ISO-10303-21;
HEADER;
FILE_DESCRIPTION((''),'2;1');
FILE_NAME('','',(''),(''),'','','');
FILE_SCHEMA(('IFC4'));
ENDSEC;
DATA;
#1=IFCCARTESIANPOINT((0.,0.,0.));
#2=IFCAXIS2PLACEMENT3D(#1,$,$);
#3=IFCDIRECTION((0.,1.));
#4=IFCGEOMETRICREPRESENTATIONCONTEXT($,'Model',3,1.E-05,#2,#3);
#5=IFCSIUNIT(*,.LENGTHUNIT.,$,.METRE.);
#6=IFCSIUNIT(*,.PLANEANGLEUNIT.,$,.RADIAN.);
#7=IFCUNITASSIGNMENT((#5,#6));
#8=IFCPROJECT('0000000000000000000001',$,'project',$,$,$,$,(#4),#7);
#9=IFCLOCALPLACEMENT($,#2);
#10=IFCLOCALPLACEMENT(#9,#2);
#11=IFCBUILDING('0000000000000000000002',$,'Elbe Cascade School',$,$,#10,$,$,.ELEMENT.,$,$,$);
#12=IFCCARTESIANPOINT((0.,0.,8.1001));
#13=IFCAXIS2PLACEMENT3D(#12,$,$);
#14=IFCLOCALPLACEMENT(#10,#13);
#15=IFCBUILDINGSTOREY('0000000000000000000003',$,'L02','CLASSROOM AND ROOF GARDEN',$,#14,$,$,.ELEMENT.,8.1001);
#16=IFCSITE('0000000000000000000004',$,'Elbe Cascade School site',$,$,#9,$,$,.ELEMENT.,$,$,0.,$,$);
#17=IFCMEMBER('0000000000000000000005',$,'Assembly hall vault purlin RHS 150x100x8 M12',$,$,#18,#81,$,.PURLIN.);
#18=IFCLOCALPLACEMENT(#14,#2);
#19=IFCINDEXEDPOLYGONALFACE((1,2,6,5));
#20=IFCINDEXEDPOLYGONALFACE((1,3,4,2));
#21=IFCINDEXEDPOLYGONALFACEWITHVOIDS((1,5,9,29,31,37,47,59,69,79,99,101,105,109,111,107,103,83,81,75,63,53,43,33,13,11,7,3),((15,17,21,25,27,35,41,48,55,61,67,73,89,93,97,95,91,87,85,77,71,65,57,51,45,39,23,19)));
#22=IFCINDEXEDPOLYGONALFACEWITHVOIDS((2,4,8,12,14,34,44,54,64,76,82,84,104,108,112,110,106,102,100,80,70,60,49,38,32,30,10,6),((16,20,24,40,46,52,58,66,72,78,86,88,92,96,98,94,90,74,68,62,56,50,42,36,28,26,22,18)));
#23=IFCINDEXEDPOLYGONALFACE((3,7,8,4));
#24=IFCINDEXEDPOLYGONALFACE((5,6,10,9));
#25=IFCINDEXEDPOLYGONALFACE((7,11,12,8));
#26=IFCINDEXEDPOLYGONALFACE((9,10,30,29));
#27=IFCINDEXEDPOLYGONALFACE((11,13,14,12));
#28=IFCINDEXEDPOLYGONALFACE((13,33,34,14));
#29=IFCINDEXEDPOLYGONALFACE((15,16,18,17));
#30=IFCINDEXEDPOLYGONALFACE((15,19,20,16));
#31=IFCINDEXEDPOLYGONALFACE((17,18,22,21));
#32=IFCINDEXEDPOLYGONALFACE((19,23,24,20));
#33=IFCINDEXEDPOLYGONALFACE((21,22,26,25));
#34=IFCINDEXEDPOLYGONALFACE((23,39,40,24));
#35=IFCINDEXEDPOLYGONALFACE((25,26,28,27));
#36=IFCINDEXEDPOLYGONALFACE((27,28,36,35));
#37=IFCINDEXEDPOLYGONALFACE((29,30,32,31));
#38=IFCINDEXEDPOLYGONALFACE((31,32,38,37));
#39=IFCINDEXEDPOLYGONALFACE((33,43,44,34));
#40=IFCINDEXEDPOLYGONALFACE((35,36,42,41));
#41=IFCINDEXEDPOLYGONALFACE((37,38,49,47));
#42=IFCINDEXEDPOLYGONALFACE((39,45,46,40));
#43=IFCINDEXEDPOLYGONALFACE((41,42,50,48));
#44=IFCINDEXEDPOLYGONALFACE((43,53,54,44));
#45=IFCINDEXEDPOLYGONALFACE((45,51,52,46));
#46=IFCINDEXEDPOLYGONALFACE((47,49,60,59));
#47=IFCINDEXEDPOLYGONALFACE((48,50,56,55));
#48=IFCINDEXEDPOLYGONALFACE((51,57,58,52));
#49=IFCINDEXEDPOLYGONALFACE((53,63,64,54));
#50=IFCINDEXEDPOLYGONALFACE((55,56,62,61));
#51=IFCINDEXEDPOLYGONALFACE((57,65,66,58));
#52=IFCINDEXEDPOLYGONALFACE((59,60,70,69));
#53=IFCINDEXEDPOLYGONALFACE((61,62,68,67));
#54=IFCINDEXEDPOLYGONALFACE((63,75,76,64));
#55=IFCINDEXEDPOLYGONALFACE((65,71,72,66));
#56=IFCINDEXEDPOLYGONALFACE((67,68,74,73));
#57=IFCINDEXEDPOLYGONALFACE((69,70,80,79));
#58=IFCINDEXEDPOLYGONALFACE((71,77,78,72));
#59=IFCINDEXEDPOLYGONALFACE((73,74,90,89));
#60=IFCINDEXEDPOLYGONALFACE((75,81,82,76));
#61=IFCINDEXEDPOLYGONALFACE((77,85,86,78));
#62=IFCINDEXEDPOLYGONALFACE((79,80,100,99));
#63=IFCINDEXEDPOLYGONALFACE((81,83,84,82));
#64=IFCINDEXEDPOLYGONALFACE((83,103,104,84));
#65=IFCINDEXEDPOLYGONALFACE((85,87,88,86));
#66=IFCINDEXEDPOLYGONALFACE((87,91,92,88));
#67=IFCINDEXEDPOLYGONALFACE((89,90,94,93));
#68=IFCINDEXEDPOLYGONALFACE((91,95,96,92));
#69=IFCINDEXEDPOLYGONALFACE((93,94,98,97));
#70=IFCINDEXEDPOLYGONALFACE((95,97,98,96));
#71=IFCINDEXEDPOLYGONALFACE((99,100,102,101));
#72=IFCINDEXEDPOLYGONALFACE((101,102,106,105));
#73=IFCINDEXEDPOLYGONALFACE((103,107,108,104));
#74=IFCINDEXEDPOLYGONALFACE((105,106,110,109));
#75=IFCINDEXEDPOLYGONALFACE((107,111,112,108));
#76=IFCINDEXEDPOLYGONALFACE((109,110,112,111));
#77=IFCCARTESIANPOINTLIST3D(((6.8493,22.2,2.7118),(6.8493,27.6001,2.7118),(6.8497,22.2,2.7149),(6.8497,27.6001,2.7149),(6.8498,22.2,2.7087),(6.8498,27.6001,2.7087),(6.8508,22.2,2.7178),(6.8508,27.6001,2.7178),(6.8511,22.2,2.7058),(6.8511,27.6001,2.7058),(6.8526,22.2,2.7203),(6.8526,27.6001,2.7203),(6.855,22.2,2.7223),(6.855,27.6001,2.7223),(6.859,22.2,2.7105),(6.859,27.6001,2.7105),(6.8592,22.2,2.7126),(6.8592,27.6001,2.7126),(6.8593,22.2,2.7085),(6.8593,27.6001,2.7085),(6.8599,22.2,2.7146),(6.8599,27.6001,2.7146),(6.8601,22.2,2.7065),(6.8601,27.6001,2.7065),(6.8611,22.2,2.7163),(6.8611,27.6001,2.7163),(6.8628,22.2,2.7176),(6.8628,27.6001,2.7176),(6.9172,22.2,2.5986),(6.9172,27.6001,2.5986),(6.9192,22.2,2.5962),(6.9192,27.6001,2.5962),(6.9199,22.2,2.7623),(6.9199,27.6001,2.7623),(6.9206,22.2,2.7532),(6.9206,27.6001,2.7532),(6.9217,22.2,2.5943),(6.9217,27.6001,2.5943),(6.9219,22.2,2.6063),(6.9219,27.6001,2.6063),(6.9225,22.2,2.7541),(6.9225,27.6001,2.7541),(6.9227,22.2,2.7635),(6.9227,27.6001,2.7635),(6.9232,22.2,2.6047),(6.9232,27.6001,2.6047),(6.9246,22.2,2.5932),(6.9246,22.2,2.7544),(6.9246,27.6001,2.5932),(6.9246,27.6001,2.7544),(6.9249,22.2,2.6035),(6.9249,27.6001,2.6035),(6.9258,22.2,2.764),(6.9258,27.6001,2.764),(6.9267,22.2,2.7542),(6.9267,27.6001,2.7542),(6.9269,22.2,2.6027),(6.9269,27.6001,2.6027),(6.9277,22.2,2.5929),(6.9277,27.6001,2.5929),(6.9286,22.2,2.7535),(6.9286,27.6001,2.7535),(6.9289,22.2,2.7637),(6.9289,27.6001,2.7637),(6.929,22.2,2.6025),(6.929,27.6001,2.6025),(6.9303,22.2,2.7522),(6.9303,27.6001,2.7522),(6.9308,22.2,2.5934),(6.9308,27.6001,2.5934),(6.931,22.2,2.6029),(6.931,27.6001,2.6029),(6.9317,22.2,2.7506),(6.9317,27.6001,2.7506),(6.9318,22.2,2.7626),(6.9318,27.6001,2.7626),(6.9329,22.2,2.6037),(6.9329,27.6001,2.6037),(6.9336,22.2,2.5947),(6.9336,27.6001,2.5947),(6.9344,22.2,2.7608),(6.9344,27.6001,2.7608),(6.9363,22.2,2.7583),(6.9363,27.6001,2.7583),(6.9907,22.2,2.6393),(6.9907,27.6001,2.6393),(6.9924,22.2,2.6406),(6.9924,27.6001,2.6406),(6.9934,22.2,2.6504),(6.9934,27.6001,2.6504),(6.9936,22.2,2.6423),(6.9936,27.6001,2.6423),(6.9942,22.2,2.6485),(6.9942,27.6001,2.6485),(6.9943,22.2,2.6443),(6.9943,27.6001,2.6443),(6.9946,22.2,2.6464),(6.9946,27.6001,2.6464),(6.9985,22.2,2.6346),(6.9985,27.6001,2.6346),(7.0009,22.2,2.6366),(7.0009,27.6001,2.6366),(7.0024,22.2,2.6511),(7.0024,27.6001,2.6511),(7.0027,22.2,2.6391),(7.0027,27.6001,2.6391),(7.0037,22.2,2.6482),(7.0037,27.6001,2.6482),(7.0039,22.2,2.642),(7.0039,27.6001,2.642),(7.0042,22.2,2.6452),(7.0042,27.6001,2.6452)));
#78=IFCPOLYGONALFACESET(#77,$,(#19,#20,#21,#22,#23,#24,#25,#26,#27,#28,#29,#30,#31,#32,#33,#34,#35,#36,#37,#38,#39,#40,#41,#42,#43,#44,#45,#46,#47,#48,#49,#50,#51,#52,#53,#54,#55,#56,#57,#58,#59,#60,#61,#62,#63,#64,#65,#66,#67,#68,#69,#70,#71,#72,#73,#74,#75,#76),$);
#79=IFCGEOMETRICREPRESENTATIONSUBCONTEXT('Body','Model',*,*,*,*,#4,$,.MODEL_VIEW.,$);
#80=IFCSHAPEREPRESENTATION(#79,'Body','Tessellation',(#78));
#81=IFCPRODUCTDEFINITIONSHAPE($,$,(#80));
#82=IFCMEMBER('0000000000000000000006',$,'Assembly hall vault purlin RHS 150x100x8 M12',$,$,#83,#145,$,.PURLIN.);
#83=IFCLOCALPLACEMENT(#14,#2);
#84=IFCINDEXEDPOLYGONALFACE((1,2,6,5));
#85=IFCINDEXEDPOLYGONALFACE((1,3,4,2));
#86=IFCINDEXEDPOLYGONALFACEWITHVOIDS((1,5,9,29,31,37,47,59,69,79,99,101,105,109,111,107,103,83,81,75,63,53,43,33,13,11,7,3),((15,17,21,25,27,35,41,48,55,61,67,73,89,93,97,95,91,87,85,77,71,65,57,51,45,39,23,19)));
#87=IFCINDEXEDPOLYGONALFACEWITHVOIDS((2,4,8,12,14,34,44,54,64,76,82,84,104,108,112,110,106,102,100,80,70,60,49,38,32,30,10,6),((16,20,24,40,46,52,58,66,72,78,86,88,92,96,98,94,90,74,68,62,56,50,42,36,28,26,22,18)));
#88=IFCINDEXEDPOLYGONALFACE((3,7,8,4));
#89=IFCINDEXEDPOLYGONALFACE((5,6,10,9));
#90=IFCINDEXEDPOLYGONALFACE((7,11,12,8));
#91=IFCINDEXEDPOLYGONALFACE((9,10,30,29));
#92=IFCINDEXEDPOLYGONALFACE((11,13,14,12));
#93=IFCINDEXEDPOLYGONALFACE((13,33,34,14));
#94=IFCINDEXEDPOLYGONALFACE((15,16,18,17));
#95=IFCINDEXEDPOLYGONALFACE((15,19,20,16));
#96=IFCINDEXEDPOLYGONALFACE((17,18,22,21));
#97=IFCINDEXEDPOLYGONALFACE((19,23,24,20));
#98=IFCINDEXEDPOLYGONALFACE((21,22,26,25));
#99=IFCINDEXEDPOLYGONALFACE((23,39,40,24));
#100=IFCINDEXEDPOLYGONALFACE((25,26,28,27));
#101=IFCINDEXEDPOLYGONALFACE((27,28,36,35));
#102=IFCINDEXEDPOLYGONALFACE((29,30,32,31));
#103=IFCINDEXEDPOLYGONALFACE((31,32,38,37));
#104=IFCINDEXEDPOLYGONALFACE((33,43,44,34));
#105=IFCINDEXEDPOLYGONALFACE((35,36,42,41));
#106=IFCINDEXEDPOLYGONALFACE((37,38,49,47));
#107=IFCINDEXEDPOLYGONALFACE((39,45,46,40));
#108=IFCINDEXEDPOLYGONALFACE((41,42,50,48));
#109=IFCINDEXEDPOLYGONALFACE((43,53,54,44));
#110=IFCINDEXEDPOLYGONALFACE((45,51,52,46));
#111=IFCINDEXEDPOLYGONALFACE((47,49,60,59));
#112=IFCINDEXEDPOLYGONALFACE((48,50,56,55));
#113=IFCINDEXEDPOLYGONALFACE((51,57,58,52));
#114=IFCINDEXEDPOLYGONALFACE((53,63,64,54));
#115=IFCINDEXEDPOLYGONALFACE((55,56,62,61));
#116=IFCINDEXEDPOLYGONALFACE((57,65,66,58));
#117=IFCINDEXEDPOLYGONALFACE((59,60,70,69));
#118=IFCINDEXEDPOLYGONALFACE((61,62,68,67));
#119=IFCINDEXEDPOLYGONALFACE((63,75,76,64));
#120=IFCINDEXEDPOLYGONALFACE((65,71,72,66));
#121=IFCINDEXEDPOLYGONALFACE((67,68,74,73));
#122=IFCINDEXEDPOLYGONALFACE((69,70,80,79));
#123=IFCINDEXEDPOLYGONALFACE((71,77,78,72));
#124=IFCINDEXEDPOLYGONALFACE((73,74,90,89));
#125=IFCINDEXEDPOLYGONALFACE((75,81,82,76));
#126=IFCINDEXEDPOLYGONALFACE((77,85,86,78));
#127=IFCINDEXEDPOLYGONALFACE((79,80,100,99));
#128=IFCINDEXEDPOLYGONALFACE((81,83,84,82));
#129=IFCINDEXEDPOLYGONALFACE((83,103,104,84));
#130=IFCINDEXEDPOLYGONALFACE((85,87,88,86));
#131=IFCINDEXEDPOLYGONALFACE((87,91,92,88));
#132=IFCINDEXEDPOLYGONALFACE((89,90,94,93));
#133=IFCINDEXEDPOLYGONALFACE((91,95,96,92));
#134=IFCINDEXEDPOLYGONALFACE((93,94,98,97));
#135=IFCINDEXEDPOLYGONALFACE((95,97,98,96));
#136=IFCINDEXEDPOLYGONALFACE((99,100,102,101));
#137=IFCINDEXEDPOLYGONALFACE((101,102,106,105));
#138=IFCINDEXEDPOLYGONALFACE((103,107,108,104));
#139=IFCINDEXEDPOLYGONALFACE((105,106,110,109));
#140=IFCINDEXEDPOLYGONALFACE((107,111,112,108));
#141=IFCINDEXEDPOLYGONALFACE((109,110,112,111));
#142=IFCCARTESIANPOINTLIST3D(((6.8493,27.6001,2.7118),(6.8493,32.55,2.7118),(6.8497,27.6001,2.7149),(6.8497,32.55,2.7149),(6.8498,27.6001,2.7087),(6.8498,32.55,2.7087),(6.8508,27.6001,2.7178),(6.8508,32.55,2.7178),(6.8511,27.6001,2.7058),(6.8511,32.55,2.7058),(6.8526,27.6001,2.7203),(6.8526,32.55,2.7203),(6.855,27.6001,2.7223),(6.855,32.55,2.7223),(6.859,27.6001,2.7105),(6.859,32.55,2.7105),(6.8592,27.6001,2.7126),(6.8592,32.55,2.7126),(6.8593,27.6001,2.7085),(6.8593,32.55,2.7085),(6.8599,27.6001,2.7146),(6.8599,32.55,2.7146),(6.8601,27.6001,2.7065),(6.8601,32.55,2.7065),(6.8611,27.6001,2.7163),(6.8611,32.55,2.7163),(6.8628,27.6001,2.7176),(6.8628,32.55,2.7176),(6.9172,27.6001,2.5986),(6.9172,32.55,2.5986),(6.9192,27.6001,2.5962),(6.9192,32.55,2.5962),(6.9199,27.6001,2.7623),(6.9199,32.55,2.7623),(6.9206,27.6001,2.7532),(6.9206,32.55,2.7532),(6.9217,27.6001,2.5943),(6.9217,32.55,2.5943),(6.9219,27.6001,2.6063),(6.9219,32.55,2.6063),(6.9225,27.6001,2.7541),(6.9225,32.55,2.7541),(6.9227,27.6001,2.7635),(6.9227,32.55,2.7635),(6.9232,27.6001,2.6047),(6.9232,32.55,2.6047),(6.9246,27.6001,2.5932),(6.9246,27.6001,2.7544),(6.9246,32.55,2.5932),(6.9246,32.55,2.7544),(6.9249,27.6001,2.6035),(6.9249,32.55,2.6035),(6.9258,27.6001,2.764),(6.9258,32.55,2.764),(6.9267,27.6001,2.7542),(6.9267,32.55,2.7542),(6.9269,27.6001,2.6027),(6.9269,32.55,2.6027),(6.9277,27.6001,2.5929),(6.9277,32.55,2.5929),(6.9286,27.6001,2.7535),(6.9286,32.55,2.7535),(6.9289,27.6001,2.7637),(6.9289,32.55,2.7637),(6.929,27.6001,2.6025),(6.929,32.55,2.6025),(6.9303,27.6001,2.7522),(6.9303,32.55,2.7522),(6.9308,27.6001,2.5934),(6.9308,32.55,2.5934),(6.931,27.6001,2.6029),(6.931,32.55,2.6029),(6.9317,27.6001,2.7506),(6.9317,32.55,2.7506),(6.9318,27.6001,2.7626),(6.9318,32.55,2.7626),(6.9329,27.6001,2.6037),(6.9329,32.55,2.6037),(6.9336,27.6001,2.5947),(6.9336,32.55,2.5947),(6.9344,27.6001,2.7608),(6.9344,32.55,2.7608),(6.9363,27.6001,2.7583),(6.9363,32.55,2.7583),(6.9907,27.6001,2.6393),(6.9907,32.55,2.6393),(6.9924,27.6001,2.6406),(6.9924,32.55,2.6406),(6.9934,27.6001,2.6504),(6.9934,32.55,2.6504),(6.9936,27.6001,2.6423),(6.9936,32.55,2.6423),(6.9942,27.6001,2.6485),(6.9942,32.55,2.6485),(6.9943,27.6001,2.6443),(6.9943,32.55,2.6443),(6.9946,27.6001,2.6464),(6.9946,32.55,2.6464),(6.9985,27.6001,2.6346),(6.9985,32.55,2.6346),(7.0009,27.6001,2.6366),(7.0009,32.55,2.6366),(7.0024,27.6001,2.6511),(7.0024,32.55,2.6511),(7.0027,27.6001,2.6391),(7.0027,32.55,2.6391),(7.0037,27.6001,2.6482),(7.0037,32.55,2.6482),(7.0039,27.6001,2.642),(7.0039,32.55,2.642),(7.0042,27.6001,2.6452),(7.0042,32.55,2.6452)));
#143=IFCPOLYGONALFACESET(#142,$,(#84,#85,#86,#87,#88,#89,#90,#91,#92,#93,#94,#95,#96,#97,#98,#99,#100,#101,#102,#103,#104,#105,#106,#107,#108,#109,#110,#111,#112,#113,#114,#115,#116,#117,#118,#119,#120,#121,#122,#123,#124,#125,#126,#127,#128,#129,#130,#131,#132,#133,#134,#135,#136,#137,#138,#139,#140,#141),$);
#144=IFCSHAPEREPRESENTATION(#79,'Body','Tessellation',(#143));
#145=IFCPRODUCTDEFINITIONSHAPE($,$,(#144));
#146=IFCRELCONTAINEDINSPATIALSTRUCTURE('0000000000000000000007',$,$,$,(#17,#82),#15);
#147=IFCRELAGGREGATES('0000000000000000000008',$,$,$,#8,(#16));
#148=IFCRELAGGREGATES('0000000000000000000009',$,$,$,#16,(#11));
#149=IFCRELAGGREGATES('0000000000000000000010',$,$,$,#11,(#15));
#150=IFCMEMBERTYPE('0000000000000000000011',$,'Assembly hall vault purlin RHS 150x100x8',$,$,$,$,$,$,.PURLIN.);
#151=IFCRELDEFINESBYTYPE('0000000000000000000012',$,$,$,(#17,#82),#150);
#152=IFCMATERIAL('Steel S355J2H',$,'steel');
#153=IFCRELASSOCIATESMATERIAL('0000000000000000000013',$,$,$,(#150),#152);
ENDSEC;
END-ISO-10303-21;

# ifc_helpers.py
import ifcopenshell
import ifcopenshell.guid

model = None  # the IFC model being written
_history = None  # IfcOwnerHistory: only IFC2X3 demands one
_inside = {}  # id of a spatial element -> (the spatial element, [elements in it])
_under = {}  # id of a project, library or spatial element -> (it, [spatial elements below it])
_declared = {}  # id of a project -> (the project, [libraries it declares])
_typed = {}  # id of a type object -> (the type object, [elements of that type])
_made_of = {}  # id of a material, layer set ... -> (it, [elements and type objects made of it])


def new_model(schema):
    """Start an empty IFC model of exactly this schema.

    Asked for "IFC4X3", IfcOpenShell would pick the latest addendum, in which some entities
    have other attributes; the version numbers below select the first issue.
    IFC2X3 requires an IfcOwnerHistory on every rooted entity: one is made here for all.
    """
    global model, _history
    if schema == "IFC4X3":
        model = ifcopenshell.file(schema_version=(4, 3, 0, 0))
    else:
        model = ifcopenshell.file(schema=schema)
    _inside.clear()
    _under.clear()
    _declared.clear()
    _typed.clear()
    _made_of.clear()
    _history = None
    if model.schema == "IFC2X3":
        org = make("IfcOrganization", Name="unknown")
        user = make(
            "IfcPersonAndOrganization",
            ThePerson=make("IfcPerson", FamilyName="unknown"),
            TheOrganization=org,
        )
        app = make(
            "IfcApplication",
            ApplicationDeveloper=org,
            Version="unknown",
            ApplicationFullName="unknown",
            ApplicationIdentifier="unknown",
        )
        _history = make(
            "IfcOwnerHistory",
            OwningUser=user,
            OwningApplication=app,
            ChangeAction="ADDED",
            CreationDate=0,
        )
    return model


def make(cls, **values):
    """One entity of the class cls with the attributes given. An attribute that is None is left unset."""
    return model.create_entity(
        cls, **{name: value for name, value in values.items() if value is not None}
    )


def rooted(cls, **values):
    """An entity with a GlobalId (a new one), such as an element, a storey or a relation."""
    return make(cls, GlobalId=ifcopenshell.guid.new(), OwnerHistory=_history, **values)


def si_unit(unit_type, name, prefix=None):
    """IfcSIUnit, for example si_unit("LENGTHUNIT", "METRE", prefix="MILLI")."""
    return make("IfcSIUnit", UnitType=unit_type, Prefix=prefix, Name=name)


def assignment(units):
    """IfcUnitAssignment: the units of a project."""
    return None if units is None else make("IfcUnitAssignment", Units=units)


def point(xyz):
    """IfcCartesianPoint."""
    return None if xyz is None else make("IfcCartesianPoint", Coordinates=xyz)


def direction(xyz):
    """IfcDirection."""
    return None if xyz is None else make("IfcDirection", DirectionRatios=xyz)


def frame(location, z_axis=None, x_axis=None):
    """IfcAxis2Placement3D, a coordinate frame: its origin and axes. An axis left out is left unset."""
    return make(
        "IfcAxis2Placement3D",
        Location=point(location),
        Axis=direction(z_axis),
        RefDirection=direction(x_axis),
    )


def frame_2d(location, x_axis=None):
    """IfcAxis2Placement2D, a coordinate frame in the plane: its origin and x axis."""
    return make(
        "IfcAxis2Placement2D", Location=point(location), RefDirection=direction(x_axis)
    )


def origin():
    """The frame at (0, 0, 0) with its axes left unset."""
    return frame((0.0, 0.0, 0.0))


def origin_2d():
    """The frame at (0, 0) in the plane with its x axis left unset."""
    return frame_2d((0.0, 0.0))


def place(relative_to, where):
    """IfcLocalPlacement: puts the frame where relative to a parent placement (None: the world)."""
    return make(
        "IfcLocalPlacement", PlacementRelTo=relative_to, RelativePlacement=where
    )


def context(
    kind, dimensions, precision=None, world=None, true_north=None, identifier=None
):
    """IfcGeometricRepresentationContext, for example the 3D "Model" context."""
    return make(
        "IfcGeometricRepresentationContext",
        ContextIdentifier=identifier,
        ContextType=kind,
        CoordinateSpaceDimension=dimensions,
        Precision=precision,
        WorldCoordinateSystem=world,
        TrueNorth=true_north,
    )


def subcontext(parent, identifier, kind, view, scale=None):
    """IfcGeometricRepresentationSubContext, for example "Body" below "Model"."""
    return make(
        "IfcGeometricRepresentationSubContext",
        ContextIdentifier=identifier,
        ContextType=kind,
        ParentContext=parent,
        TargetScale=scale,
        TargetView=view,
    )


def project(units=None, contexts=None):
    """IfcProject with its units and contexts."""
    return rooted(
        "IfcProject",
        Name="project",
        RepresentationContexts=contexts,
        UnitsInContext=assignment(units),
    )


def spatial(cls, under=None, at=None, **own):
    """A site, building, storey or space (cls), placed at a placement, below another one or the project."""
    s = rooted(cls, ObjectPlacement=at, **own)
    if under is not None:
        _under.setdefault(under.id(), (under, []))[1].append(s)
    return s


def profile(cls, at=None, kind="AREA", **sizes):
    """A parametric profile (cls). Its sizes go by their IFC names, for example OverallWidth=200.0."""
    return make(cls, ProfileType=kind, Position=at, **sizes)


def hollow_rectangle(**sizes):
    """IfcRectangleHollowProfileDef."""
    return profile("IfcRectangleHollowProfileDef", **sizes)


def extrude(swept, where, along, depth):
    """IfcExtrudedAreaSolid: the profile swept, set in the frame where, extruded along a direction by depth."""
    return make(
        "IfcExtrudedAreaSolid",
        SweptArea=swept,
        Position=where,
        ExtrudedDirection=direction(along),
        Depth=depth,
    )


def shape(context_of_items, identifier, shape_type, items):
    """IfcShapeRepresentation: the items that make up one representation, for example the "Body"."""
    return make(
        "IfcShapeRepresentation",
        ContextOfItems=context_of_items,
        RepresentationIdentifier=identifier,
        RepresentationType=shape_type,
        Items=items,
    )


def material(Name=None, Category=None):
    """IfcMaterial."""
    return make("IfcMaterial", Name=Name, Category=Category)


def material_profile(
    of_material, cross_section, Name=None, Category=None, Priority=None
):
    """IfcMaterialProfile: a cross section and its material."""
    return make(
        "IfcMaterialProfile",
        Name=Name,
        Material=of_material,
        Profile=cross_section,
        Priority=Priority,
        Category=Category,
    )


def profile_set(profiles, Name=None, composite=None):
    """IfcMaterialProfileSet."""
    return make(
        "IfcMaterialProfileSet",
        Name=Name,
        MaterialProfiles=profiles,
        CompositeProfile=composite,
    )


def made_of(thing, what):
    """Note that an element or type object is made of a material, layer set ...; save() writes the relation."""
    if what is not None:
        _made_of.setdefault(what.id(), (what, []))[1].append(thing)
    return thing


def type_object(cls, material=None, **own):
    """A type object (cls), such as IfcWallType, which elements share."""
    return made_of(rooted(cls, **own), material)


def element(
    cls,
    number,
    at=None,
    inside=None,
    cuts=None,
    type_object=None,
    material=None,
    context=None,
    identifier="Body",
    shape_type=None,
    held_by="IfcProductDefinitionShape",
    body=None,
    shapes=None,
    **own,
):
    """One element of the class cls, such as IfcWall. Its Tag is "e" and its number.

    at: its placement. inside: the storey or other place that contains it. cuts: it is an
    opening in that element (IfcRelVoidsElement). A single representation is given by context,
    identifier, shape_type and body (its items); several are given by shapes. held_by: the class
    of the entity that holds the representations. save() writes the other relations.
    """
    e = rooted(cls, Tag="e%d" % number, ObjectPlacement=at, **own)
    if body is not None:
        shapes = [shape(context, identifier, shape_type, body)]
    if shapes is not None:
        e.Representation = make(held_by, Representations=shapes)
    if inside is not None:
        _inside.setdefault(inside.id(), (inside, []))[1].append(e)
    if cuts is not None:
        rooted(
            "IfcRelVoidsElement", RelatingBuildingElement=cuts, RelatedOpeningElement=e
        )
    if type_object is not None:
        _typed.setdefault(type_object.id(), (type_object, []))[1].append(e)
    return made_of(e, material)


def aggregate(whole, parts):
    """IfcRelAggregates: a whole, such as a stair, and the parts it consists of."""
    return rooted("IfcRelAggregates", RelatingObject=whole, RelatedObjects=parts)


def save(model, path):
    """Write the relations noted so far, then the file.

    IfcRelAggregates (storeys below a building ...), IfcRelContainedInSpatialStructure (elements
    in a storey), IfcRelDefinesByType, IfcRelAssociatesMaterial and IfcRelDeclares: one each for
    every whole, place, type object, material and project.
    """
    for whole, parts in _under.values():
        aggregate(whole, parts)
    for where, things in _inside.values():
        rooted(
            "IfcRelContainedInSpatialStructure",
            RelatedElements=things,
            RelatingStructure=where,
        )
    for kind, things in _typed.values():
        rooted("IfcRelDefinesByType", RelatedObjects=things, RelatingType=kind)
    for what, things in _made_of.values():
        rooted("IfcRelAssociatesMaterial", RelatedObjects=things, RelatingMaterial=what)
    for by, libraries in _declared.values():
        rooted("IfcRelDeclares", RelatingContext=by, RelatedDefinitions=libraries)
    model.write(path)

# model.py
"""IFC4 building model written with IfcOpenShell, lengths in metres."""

from ifc_helpers import new_model, si_unit, direction, frame, origin, origin_2d, place, context, subcontext, project, spatial, hollow_rectangle, extrude, material, material_profile, profile_set, type_object, element, save


model = new_model("IFC4")

# Units and contexts
model_context = context("Model", 3, precision=1e-05, world=origin(), true_north=direction((0.0, 1.0)))
body_context = subcontext(model_context, "Body", "Model", "MODEL_VIEW")
ifc_project = project(units=[si_unit("LENGTHUNIT", "METRE"), si_unit("PLANEANGLEUNIT", "RADIAN")], contexts=[model_context])

# Site, building, storey
site_placement = place(None, origin())
site = spatial("IfcSite", under=ifc_project, at=site_placement, Name="Elbe Cascade School site", CompositionType="ELEMENT", RefElevation=0.0)
building_placement = place(site_placement, origin())
building = spatial("IfcBuilding", under=site, at=building_placement, Name="Elbe Cascade School", CompositionType="ELEMENT")
storey_placement = place(building_placement, frame((0.0, 0.0, 8.1001)))
storey = spatial("IfcBuildingStorey", under=building, at=storey_placement, Name="L02", Description="CLASSROOM AND ROOF GARDEN", CompositionType="ELEMENT", Elevation=8.1001)

# Members
ifc_material_1 = material(Name="Steel S355J2H", Category="steel")
ifc_material_profile_1 = material_profile(ifc_material_1, hollow_rectangle(XDim=0.1001, YDim=0.1499, WallThickness=0.0081, InnerFilletRadius=0.0081, OuterFilletRadius=0.012, at=origin_2d()), Name="RHS 150x100x8")
ifc_profile_set_1 = profile_set([ifc_material_profile_1], Name="Steel S355J2H")
member_type_1 = type_object("IfcMemberType", Name="Assembly hall vault purlin RHS 150x100x8", PredefinedType="PURLIN", material=ifc_profile_set_1)
member_1_placement = place(storey_placement, frame((6.9268, 22.2, 2.6785), z_axis=(0.0, 1.0, 0.0), x_axis=(-0.851433, 0.0, -0.524463)))
element("IfcMember", 1, at=member_1_placement, inside=storey, type_object=member_type_1, Name="Assembly hall vault purlin RHS 150x100x8 M12", PredefinedType="PURLIN", context=body_context, shape_type="SweptSolid", body=[
    extrude(hollow_rectangle(XDim=0.1001, YDim=0.1499, WallThickness=0.0081, InnerFilletRadius=0.0081, OuterFilletRadius=0.012, at=origin_2d()), origin(), (0.0, 0.0, 1.0), 5.4001),
])
member_2_placement = place(storey_placement, frame((6.9268, 27.6001, 2.6785), z_axis=(0.0, 1.0, 0.0), x_axis=(-0.851433, 0.0, -0.524463)))
element("IfcMember", 2, at=member_2_placement, inside=storey, type_object=member_type_1, Name="Assembly hall vault purlin RHS 150x100x8 M12", PredefinedType="PURLIN", context=body_context, shape_type="SweptSolid", body=[
    extrude(hollow_rectangle(XDim=0.1001, YDim=0.1499, WallThickness=0.0081, InnerFilletRadius=0.0081, OuterFilletRadius=0.012, at=origin_2d()), origin(), (0.0, 0.0, 1.0), 4.95),
])

save(model, "model.ifc")
